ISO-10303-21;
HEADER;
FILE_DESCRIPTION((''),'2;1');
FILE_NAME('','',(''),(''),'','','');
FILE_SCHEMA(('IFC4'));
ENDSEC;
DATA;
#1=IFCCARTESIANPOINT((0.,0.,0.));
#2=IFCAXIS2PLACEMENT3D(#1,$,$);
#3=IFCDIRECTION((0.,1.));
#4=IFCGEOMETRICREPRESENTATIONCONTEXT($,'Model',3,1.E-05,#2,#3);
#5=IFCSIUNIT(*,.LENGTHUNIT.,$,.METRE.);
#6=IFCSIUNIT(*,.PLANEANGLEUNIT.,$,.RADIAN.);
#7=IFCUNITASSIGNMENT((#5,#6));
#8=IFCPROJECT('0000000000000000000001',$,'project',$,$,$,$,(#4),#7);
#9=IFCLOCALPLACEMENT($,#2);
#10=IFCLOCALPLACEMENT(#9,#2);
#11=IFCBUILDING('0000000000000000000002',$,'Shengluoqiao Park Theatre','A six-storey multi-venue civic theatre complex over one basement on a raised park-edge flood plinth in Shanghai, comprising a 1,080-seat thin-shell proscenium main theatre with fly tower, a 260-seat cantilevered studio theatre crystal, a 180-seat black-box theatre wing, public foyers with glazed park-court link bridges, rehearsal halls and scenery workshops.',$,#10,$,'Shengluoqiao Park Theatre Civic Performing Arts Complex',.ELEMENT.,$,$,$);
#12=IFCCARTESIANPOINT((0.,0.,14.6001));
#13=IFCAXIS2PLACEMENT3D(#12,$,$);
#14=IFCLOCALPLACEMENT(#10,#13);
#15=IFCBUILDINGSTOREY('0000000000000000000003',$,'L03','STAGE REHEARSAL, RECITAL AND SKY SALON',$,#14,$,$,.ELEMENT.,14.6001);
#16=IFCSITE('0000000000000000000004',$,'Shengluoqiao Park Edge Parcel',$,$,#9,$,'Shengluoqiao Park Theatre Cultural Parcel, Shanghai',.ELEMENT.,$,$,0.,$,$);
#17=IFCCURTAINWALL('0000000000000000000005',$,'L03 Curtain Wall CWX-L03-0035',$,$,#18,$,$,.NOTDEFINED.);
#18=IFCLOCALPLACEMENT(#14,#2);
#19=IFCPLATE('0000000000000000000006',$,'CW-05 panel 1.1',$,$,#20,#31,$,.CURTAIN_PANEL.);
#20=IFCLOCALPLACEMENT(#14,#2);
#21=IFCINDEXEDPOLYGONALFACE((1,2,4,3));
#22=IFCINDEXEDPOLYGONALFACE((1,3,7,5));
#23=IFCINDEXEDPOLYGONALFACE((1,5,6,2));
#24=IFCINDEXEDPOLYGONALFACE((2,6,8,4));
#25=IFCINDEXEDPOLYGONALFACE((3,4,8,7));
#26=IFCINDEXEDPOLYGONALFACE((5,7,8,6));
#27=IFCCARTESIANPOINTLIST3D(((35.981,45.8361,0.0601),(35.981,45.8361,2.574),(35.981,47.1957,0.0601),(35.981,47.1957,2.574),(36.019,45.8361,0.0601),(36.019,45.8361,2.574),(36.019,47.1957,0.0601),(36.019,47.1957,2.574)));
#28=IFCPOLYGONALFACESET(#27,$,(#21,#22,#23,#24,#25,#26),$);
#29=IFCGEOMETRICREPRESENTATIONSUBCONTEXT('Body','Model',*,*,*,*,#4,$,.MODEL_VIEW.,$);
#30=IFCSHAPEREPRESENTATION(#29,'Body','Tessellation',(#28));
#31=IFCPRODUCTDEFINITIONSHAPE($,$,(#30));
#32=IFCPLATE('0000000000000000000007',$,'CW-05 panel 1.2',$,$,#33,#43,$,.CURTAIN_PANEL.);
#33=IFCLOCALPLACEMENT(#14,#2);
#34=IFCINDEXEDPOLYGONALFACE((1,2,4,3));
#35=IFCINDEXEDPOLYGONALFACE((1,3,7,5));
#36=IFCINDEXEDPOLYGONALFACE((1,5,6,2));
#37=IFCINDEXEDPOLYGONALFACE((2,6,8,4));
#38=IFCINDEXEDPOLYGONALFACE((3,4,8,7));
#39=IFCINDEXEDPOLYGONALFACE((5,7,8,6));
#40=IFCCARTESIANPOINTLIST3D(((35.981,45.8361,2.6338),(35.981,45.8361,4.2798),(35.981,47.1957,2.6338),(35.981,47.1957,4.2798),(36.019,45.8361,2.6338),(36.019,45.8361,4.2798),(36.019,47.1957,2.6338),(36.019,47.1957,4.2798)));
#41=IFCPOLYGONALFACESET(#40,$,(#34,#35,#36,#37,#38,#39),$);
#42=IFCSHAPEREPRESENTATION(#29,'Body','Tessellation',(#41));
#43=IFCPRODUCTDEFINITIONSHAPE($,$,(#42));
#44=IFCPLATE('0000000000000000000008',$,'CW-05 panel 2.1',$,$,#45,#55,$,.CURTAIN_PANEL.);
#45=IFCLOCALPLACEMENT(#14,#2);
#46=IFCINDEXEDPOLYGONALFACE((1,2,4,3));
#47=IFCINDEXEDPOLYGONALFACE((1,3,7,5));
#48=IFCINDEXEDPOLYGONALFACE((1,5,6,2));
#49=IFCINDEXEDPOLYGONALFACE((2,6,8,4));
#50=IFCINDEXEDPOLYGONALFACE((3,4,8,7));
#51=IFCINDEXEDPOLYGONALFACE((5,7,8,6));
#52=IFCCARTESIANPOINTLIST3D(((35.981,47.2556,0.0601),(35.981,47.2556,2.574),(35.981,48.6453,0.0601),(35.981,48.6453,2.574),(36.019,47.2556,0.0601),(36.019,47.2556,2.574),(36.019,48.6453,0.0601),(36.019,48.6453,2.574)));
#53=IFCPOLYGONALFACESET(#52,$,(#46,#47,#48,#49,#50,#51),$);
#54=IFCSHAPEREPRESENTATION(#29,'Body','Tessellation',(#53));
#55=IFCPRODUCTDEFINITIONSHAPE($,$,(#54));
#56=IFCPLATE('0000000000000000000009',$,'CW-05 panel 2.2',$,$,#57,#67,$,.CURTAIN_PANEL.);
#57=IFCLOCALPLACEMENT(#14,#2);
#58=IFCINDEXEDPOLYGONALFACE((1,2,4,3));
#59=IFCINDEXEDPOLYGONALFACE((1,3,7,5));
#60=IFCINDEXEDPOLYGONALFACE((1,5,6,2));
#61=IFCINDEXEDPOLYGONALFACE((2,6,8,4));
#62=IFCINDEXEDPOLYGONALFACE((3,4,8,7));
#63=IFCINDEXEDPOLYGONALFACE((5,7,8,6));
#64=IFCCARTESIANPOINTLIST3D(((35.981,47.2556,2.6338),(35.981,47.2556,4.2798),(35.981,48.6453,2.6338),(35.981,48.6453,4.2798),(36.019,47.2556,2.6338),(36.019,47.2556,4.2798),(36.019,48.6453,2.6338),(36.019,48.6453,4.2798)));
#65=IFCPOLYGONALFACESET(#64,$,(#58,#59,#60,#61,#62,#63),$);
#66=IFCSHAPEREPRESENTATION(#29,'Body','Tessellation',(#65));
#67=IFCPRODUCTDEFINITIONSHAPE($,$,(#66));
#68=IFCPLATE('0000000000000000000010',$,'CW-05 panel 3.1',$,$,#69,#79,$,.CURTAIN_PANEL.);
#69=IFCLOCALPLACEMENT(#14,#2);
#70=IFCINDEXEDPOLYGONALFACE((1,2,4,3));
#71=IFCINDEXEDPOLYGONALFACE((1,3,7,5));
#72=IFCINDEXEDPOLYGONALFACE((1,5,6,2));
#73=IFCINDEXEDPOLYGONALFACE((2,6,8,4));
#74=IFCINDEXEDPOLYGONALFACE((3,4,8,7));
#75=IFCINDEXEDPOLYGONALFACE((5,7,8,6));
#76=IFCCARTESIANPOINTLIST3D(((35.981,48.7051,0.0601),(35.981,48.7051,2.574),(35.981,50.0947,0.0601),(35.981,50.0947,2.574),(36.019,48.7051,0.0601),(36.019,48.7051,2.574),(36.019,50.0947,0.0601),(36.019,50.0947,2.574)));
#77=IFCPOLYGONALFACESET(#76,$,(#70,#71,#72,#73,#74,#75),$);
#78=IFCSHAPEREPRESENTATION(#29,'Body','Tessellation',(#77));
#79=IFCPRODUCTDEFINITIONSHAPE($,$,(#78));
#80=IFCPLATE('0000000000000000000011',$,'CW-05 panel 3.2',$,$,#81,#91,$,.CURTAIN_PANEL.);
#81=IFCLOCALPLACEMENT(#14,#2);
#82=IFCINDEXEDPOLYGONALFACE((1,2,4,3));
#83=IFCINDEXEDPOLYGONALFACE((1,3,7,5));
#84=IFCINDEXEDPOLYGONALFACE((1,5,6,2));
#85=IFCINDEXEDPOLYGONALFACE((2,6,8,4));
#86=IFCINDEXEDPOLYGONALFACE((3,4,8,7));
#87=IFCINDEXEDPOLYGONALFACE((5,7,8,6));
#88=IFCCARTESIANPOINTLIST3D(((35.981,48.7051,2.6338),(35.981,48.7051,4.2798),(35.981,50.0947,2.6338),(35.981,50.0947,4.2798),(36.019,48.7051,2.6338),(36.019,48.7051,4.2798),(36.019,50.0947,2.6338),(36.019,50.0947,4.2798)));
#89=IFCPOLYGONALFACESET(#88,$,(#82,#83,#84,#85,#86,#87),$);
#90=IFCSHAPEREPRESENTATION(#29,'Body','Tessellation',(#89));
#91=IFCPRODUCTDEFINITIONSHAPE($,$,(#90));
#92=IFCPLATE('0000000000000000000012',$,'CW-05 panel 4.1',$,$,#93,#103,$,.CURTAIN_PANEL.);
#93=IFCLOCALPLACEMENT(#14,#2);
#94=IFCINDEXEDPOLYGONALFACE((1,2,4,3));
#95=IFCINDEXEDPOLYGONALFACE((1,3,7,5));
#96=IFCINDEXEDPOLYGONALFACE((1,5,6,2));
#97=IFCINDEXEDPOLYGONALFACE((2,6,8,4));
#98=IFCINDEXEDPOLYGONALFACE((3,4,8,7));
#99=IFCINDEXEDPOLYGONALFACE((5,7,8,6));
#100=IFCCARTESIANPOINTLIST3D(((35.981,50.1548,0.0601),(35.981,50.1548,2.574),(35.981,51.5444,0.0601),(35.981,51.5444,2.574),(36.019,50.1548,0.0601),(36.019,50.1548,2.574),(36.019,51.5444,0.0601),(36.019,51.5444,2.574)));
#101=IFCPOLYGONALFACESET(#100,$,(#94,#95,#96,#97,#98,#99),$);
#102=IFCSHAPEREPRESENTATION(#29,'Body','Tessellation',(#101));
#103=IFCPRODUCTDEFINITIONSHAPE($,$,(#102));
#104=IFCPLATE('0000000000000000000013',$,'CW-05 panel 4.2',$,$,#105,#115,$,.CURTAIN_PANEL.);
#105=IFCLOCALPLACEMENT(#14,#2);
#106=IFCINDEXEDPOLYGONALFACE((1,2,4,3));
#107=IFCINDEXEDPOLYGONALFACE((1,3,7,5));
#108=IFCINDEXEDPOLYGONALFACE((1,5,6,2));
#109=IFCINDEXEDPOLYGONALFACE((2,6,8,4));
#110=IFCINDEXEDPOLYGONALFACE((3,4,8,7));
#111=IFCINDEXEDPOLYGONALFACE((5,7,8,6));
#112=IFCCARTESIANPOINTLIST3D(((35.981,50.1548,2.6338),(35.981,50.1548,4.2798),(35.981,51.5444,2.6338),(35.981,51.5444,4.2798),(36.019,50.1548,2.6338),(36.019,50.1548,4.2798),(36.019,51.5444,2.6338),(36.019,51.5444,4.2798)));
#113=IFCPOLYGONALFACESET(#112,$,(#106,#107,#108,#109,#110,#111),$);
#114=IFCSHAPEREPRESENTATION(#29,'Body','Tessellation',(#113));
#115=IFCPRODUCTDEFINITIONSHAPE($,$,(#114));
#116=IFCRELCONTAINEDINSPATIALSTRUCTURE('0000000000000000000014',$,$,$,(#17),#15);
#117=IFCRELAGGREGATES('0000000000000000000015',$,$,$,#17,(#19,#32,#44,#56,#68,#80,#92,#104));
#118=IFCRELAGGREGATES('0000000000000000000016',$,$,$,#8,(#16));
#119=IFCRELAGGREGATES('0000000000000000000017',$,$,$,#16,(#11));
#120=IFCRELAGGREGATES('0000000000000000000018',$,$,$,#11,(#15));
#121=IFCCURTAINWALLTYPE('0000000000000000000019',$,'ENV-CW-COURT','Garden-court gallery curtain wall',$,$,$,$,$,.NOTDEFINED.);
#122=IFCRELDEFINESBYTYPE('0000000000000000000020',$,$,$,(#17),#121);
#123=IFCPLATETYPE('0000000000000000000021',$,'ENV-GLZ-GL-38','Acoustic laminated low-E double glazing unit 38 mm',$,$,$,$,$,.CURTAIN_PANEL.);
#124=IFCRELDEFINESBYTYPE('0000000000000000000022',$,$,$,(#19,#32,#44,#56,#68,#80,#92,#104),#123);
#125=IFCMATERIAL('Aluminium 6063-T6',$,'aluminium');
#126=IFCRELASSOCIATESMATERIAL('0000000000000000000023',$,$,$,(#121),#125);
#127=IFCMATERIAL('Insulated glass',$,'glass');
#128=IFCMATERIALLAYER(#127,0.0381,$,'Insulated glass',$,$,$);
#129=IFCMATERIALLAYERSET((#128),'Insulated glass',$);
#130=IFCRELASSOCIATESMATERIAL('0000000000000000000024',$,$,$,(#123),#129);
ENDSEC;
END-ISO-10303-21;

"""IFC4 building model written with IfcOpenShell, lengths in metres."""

from ifc_helpers import new_model, si_unit, direction, frame, origin, origin_2d, place, context, subcontext, project, spatial, rectangle, extrude, material, layer, layer_set, type_object, element, aggregate, save


model = new_model("IFC4")

# Units and contexts
model_context = context("Model", 3, precision=1e-05, world=origin(), true_north=direction((0.0, 1.0)))
body_context = subcontext(model_context, "Body", "Model", "MODEL_VIEW")
ifc_project = project(units=[si_unit("LENGTHUNIT", "METRE"), si_unit("PLANEANGLEUNIT", "RADIAN")], contexts=[model_context])

# Site, building, storey
site_placement = place(None, origin())
site = spatial("IfcSite", under=ifc_project, at=site_placement, Name="Shengluoqiao Park Edge Parcel", LongName="Shengluoqiao Park Theatre Cultural Parcel, Shanghai", CompositionType="ELEMENT", RefElevation=0.0)
building_placement = place(site_placement, origin())
building = spatial("IfcBuilding", under=site, at=building_placement, Name="Shengluoqiao Park Theatre", Description="A six-storey multi-venue civic theatre complex over one basement on a raised park-edge flood plinth in Shanghai, comprising a 1,080-seat thin-shell proscenium main theatre with fly tower, a 260-seat cantilevered studio theatre crystal, a 180-seat black-box theatre wing, public foyers with glazed park-court link bridges, rehearsal halls and scenery workshops.", LongName="Shengluoqiao Park Theatre Civic Performing Arts Complex", CompositionType="ELEMENT")
storey_placement = place(building_placement, frame((0.0, 0.0, 14.6001)))
storey = spatial("IfcBuildingStorey", under=building, at=storey_placement, Name="L03", Description="STAGE REHEARSAL, RECITAL AND SKY SALON", CompositionType="ELEMENT", Elevation=14.6001)

# Curtain wall
ifc_material_1 = material(Name="Aluminium 6063-T6", Category="aluminium")
curtain_wall_type = type_object("IfcCurtainWallType", Name="ENV-CW-COURT", Description="Garden-court gallery curtain wall", PredefinedType="NOTDEFINED", material=ifc_material_1)
curtain_wall_placement = place(storey_placement, origin())
curtain_wall = element("IfcCurtainWall", 1, at=curtain_wall_placement, inside=storey, type_object=curtain_wall_type, Name="L03 Curtain Wall CWX-L03-0035", PredefinedType="NOTDEFINED")

# Plates
ifc_material_2 = material(Name="Insulated glass", Category="glass")
ifc_layer = layer(ifc_material_2, 0.0381, Name="Insulated glass")
ifc_layer_set = layer_set([ifc_layer], Name="Insulated glass")
plate_type = type_object("IfcPlateType", Name="ENV-GLZ-GL-38", Description="Acoustic laminated low-E double glazing unit 38 mm", PredefinedType="CURTAIN_PANEL", material=ifc_layer_set)
plate_1_placement = place(storey_placement, frame((36.0, 46.5159, 0.0601), z_axis=(0.0, 0.0, 1.0), x_axis=(0.0, 1.0, 0.0)))
plate_1 = element("IfcPlate", 2, at=plate_1_placement, type_object=plate_type, Name="CW-05 panel 1.1", PredefinedType="CURTAIN_PANEL", context=body_context, shape_type="SweptSolid", body=[
    extrude(rectangle(XDim=1.3596, YDim=0.0381, at=origin_2d()), origin(), (0.0, 0.0, 1.0), 2.5139),
])
plate_2_placement = place(storey_placement, frame((36.0, 46.5159, 2.6338), z_axis=(0.0, 0.0, 1.0), x_axis=(0.0, 1.0, 0.0)))
plate_2 = element("IfcPlate", 3, at=plate_2_placement, type_object=plate_type, Name="CW-05 panel 1.2", PredefinedType="CURTAIN_PANEL", context=body_context, shape_type="SweptSolid", body=[
    extrude(rectangle(XDim=1.3596, YDim=0.0381, at=origin_2d()), origin(), (0.0, 0.0, 1.0), 1.646),
])
plate_3_placement = place(storey_placement, frame((36.0, 47.9504, 0.0601), z_axis=(0.0, 0.0, 1.0), x_axis=(0.0, 1.0, 0.0)))
plate_3 = element("IfcPlate", 4, at=plate_3_placement, type_object=plate_type, Name="CW-05 panel 2.1", PredefinedType="CURTAIN_PANEL", context=body_context, shape_type="SweptSolid", body=[
    extrude(rectangle(XDim=1.3896, YDim=0.0381, at=origin_2d()), origin(), (0.0, 0.0, 1.0), 2.5139),
])
plate_4_placement = place(storey_placement, frame((36.0, 47.9504, 2.6338), z_axis=(0.0, 0.0, 1.0), x_axis=(0.0, 1.0, 0.0)))
plate_4 = element("IfcPlate", 5, at=plate_4_placement, type_object=plate_type, Name="CW-05 panel 2.2", PredefinedType="CURTAIN_PANEL", context=body_context, shape_type="SweptSolid", body=[
    extrude(rectangle(XDim=1.3896, YDim=0.0381, at=origin_2d()), origin(), (0.0, 0.0, 1.0), 1.646),
])
plate_5_placement = place(storey_placement, frame((36.0, 49.3999, 0.0601), z_axis=(0.0, 0.0, 1.0), x_axis=(0.0, 1.0, 0.0)))
plate_5 = element("IfcPlate", 6, at=plate_5_placement, type_object=plate_type, Name="CW-05 panel 3.1", PredefinedType="CURTAIN_PANEL", context=body_context, shape_type="SweptSolid", body=[
    extrude(rectangle(XDim=1.3896, YDim=0.0381, at=origin_2d()), origin(), (0.0, 0.0, 1.0), 2.5139),
])
plate_6_placement = place(storey_placement, frame((36.0, 49.3999, 2.6338), z_axis=(0.0, 0.0, 1.0), x_axis=(0.0, 1.0, 0.0)))
plate_6 = element("IfcPlate", 7, at=plate_6_placement, type_object=plate_type, Name="CW-05 panel 3.2", PredefinedType="CURTAIN_PANEL", context=body_context, shape_type="SweptSolid", body=[
    extrude(rectangle(XDim=1.3896, YDim=0.0381, at=origin_2d()), origin(), (0.0, 0.0, 1.0), 1.646),
])
plate_7_placement = place(storey_placement, frame((36.0, 50.8496, 0.0601), z_axis=(0.0, 0.0, 1.0), x_axis=(0.0, 1.0, 0.0)))
plate_7 = element("IfcPlate", 8, at=plate_7_placement, type_object=plate_type, Name="CW-05 panel 4.1", PredefinedType="CURTAIN_PANEL", context=body_context, shape_type="SweptSolid", body=[
    extrude(rectangle(XDim=1.3896, YDim=0.0381, at=origin_2d()), origin(), (0.0, 0.0, 1.0), 2.5139),
])
plate_8_placement = place(storey_placement, frame((36.0, 50.8496, 2.6338), z_axis=(0.0, 0.0, 1.0), x_axis=(0.0, 1.0, 0.0)))
plate_8 = element("IfcPlate", 9, at=plate_8_placement, type_object=plate_type, Name="CW-05 panel 4.2", PredefinedType="CURTAIN_PANEL", context=body_context, shape_type="SweptSolid", body=[
    extrude(rectangle(XDim=1.3896, YDim=0.0381, at=origin_2d()), origin(), (0.0, 0.0, 1.0), 1.646),
])
aggregate(curtain_wall, [plate_1, plate_2, plate_3, plate_4, plate_5, plate_6, plate_7, plate_8])

save(model, "model.ifc")
